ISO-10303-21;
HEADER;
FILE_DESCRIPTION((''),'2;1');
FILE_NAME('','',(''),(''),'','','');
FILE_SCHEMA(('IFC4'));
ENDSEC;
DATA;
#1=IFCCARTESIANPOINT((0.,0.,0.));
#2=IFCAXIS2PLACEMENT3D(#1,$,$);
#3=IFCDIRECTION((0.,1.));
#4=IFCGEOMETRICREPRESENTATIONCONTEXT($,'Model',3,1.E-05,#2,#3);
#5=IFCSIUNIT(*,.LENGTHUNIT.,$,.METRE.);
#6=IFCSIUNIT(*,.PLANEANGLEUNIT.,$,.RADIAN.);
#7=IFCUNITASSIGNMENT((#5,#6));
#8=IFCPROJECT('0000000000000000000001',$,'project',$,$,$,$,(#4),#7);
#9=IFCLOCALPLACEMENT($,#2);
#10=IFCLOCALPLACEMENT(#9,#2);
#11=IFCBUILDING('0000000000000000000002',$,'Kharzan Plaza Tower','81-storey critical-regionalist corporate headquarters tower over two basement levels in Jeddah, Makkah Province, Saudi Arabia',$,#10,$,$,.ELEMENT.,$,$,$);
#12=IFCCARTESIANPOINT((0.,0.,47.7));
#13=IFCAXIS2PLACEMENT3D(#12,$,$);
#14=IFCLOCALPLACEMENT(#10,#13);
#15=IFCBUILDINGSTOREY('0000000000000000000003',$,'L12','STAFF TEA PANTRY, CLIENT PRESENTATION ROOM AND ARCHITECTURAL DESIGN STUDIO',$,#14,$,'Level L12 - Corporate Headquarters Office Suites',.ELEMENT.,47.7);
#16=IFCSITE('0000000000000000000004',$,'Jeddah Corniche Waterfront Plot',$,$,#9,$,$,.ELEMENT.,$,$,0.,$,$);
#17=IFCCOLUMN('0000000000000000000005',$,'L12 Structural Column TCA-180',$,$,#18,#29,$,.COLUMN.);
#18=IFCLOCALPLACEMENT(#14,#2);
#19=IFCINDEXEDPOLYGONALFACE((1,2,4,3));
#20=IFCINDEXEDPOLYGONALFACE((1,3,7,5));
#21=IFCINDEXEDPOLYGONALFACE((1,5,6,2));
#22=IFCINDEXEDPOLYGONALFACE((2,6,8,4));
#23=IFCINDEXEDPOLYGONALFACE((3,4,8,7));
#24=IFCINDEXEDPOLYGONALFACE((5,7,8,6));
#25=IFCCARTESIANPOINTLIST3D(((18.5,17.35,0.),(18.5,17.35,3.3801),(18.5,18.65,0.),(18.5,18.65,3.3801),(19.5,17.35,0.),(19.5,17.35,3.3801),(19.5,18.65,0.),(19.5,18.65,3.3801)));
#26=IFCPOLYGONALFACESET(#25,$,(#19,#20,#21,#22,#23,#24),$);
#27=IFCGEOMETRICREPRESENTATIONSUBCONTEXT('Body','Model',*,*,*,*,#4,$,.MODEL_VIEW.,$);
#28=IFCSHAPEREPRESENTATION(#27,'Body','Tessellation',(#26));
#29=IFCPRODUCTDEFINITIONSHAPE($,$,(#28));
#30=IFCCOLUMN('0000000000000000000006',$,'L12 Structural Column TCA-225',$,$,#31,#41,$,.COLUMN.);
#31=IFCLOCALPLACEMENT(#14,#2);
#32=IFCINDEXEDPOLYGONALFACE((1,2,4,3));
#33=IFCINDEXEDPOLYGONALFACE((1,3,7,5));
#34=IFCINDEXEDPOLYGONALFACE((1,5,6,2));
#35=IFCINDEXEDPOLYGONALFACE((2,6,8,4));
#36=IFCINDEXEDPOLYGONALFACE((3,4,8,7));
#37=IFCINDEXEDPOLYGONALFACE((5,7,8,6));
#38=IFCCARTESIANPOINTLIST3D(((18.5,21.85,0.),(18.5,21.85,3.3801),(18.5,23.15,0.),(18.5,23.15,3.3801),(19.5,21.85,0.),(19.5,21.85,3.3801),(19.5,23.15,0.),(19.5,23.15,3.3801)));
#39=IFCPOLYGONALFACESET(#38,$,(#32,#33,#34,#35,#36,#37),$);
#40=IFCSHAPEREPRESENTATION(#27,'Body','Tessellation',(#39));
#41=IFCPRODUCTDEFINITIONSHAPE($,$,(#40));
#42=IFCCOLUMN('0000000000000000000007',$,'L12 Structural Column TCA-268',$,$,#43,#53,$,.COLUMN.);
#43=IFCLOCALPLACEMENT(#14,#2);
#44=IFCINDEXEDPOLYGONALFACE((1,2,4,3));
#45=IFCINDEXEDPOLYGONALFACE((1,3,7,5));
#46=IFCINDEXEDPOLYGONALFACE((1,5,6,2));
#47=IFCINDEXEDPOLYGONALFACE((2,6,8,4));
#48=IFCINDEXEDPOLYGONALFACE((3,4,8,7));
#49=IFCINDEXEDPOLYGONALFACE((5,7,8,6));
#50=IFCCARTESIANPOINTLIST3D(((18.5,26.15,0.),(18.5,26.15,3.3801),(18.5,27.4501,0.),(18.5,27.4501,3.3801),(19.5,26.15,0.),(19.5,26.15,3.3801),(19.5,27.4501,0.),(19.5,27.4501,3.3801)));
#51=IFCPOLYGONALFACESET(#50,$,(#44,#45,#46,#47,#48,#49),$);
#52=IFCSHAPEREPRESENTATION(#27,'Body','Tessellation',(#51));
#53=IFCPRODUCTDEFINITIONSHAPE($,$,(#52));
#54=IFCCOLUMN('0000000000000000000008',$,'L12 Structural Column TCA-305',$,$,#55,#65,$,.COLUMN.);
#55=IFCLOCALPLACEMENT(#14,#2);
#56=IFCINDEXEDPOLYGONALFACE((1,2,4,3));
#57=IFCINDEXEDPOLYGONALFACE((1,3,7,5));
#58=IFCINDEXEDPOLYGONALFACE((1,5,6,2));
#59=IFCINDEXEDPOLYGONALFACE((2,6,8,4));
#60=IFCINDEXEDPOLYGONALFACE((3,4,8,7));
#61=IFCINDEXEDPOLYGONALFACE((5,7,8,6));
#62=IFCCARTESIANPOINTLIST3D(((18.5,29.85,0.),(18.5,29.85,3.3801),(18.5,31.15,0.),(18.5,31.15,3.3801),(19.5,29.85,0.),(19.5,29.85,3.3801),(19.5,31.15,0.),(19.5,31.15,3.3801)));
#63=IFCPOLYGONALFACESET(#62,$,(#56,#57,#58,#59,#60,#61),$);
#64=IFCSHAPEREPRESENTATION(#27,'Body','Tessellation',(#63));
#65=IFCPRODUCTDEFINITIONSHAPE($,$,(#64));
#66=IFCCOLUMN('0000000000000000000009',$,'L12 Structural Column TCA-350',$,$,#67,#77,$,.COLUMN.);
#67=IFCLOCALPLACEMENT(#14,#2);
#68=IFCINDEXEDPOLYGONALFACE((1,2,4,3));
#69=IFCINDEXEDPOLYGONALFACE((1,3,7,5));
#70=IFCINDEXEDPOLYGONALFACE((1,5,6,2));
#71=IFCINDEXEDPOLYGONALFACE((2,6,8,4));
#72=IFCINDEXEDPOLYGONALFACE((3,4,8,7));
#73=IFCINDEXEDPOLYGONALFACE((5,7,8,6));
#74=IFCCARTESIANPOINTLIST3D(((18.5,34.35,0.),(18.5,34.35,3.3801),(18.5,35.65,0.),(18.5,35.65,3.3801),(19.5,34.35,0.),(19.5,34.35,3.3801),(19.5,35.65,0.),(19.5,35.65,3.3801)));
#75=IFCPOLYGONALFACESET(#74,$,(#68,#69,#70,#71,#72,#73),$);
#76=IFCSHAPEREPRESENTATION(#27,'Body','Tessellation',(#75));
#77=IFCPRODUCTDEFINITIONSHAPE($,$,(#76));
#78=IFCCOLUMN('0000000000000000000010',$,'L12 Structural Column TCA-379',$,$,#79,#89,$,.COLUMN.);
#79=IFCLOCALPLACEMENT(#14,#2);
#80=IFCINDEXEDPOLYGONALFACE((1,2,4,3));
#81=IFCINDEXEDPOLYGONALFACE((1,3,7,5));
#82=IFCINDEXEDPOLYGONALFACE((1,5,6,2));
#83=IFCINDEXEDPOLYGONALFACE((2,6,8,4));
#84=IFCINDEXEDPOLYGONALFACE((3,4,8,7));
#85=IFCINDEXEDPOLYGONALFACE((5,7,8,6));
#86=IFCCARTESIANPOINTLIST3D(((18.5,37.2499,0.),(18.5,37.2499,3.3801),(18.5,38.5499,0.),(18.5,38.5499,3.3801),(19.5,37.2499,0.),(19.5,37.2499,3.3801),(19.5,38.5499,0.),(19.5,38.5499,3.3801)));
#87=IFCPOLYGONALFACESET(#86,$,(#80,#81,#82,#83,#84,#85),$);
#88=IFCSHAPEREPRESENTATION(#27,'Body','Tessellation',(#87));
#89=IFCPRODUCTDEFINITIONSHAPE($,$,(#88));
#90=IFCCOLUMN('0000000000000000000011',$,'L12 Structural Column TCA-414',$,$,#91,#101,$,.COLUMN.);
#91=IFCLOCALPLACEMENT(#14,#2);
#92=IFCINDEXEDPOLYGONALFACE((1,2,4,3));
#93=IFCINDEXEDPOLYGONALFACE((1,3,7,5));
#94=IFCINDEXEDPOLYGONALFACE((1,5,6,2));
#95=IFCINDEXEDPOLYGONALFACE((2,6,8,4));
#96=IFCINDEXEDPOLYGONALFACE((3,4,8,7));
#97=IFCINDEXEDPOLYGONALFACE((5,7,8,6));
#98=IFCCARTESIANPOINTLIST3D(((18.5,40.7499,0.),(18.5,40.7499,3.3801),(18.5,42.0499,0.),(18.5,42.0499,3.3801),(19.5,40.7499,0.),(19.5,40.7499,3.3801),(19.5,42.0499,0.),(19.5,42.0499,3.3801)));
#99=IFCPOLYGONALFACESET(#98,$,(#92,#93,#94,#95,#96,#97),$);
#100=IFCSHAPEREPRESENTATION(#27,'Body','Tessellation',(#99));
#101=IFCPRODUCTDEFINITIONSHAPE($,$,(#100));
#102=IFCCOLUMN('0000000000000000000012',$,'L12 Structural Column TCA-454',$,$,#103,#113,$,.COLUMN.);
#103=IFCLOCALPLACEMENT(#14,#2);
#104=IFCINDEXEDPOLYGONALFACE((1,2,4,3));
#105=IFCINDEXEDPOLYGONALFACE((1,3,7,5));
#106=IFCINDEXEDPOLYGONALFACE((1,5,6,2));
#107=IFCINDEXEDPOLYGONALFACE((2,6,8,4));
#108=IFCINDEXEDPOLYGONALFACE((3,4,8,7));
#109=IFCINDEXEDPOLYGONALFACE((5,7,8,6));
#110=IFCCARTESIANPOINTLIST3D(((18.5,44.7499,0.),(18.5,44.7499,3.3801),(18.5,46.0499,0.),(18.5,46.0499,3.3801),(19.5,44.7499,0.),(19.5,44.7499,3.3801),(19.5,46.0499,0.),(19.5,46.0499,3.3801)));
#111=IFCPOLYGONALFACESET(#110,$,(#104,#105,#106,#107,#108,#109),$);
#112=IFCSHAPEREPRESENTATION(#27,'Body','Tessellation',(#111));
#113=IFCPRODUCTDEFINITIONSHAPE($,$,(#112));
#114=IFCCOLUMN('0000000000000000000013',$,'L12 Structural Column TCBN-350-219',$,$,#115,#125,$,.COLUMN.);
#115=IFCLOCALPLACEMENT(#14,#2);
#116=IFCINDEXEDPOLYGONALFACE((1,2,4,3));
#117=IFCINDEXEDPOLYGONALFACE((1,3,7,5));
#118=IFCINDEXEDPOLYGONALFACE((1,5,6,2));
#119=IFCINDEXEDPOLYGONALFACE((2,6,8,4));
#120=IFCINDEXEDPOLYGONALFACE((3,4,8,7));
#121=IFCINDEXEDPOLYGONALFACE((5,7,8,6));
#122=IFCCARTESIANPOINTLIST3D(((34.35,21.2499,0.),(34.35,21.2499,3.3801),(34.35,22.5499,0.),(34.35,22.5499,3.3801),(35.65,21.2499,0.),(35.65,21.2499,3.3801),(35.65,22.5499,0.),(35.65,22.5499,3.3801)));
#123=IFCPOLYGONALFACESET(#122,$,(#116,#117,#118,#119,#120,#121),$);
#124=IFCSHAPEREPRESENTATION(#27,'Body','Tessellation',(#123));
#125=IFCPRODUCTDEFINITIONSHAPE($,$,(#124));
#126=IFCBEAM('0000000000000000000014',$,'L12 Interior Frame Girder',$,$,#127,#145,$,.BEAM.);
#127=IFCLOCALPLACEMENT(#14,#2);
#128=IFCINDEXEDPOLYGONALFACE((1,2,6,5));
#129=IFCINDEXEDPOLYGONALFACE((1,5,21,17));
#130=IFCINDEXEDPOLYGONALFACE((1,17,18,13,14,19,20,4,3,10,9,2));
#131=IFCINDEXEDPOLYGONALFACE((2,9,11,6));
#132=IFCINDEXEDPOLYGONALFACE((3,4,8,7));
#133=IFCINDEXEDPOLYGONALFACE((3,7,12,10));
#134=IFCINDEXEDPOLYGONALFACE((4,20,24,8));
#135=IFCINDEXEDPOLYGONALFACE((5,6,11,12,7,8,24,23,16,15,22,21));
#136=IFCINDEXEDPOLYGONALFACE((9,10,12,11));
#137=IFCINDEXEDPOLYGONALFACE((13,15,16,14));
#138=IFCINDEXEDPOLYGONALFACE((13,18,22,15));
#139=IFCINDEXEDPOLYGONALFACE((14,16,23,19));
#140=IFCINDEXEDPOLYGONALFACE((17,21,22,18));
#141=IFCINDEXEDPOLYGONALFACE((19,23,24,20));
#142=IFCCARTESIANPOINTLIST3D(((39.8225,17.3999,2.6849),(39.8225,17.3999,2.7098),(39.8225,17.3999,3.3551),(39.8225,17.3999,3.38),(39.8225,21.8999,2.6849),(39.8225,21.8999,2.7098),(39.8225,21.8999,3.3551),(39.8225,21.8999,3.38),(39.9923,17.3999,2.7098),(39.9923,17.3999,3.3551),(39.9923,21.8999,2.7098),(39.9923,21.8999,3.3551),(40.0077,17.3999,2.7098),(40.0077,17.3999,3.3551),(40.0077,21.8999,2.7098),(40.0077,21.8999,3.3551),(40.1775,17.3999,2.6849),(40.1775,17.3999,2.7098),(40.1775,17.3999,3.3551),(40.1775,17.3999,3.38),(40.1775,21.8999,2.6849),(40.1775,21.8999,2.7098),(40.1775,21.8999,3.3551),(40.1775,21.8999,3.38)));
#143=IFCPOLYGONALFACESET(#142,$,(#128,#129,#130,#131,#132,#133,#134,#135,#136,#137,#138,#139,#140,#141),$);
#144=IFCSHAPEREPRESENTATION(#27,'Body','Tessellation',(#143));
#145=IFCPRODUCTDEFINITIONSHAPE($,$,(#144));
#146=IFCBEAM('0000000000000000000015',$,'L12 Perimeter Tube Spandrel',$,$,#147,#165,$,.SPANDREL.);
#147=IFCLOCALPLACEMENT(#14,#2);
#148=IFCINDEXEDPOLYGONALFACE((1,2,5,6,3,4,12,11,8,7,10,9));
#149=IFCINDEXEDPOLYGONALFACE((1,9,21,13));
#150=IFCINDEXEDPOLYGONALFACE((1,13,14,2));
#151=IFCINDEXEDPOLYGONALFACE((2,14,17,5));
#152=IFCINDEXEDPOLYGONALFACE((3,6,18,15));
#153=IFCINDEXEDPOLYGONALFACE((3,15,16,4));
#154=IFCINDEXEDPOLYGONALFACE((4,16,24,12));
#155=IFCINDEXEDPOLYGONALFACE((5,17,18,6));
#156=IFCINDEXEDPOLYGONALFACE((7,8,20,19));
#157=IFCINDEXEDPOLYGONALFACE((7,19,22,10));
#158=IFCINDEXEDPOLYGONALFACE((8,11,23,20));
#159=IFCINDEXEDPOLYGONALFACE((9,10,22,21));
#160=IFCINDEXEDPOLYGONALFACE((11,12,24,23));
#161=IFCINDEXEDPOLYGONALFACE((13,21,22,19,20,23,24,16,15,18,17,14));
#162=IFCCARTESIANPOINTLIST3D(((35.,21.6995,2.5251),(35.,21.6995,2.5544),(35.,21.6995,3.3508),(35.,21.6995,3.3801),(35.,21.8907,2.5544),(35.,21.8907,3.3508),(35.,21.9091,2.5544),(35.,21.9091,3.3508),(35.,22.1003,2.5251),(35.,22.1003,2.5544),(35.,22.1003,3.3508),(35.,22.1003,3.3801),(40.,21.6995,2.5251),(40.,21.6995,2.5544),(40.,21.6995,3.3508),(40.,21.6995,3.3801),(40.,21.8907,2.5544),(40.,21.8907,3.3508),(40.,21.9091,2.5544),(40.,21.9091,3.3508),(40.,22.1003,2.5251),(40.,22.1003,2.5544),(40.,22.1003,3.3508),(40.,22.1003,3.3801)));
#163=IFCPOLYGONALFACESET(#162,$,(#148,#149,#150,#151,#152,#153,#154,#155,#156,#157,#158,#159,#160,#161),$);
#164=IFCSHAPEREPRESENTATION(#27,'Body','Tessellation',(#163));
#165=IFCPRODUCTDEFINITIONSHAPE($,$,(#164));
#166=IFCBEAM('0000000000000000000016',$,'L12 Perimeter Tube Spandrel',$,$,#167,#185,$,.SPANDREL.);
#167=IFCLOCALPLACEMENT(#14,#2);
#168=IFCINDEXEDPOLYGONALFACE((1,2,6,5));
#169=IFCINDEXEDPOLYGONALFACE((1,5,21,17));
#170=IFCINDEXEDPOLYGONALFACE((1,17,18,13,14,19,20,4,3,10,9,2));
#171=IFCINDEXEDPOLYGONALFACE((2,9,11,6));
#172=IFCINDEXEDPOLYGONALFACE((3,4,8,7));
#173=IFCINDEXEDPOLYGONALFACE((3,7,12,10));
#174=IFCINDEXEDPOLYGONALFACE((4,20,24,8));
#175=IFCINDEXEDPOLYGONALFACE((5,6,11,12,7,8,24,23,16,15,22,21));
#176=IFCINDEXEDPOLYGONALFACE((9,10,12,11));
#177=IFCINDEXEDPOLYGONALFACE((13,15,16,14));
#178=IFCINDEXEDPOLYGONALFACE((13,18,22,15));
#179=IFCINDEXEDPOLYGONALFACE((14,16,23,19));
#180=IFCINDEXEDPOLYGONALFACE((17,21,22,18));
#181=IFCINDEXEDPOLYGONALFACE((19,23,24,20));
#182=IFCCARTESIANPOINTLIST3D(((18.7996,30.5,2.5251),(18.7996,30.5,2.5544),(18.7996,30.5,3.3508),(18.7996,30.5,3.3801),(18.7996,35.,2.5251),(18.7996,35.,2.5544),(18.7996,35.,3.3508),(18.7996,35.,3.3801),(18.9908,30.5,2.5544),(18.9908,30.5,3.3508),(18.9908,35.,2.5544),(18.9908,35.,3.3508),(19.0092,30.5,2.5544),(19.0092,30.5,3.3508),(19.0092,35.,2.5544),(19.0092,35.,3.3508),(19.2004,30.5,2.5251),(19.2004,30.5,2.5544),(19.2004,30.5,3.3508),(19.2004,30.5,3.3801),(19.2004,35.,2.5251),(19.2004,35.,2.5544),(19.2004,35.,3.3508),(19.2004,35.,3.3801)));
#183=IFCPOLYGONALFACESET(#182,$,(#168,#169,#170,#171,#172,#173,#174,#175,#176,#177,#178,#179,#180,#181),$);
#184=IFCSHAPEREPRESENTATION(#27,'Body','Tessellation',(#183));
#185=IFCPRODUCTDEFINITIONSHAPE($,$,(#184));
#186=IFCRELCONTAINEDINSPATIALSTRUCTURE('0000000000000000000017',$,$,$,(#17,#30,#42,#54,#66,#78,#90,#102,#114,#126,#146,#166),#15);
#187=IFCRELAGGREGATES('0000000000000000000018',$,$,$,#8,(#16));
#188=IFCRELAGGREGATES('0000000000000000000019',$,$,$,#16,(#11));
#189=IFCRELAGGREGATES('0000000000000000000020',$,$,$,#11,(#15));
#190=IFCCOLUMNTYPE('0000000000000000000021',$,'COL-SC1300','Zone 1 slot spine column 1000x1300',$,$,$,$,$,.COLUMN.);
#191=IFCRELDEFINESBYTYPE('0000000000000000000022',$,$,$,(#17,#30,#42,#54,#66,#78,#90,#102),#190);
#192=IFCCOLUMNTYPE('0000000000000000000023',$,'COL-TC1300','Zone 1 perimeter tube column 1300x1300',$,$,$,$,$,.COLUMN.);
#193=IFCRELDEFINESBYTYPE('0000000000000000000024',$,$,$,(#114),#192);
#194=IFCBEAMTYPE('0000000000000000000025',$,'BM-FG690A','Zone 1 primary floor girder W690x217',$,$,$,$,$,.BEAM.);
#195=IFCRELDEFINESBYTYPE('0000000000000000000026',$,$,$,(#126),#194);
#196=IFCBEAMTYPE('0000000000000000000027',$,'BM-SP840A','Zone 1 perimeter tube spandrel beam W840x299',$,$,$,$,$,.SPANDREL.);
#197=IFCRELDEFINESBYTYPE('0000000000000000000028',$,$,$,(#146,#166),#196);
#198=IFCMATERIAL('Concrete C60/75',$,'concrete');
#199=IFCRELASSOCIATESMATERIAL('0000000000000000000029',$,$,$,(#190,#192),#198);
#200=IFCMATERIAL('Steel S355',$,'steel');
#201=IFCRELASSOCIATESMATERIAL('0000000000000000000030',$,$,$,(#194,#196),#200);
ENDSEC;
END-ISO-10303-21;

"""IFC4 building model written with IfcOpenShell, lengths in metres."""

from ifc_helpers import new_model, si_unit, direction, frame, origin, origin_2d, place, context, subcontext, project, spatial, rectangle, i_section, extrude, source, transform, mapped, material, material_profile, profile_set, type_object, element, save


model = new_model("IFC4")

# Units and contexts
model_context = context("Model", 3, precision=1e-05, world=origin(), true_north=direction((0.0, 1.0)))
body_context = subcontext(model_context, "Body", "Model", "MODEL_VIEW")
ifc_project = project(units=[si_unit("LENGTHUNIT", "METRE"), si_unit("PLANEANGLEUNIT", "RADIAN")], contexts=[model_context])

# Site, building, storey
site_placement = place(None, origin())
site = spatial("IfcSite", under=ifc_project, at=site_placement, Name="Jeddah Corniche Waterfront Plot", CompositionType="ELEMENT", RefElevation=0.0)
building_placement = place(site_placement, origin())
building = spatial("IfcBuilding", under=site, at=building_placement, Name="Kharzan Plaza Tower", Description="81-storey critical-regionalist corporate headquarters tower over two basement levels in Jeddah, Makkah Province, Saudi Arabia", CompositionType="ELEMENT")
storey_placement = place(building_placement, frame((0.0, 0.0, 47.7)))
storey = spatial("IfcBuildingStorey", under=building, at=storey_placement, Name="L12", Description="STAFF TEA PANTRY, CLIENT PRESENTATION ROOM AND ARCHITECTURAL DESIGN STUDIO", LongName="Level L12 - Corporate Headquarters Office Suites", CompositionType="ELEMENT", Elevation=47.7)

# Columns
ifc_material_1 = material(Name="Concrete C60/75", Category="concrete")
ifc_material_profile_1 = material_profile(ifc_material_1, rectangle(XDim=1.0, YDim=1.3, at=origin_2d()), Name="RC-SC1300x1000")
ifc_profile_set_1 = profile_set([ifc_material_profile_1], Name="Concrete C60/75")
column_type_1 = type_object("IfcColumnType", Name="COL-SC1300", Description="Zone 1 slot spine column 1000x1300", PredefinedType="COLUMN", material=ifc_profile_set_1)
shared_shape_1 = source(origin(), body_context, "Body", "SweptSolid", [
    extrude(rectangle(XDim=1.0, YDim=1.3, at=origin_2d()), origin(), (0.0, 0.0, 1.0), 3.3801),
])
for number, where, z_axis, x_axis, name in (
    (1, (19.0, 18.0, 0.0), (0.0, 0.0, 1.0), (1.0, 0.0, 0.0), "L12 Structural Column TCA-180"),
    (2, (19.0, 22.5, 0.0), (0.0, 0.0, 1.0), (1.0, 0.0, 0.0), "L12 Structural Column TCA-225"),
    (3, (19.0, 26.8, 0.0), (0.0, 0.0, 1.0), (1.0, 0.0, 0.0), "L12 Structural Column TCA-268"),
    (4, (19.0, 30.5, 0.0), (0.0, 0.0, 1.0), (1.0, 0.0, 0.0), "L12 Structural Column TCA-305"),
    (5, (19.0, 35.0, 0.0), (0.0, 0.0, 1.0), (1.0, 0.0, 0.0), "L12 Structural Column TCA-350"),
    (6, (19.0, 37.8999, 0.0), (0.0, 0.0, 1.0), (1.0, 0.0, 0.0), "L12 Structural Column TCA-379"),
    (7, (19.0, 41.3999, 0.0), (0.0, 0.0, 1.0), (1.0, 0.0, 0.0), "L12 Structural Column TCA-414"),
    (8, (19.0, 45.3999, 0.0), (0.0, 0.0, 1.0), (1.0, 0.0, 0.0), "L12 Structural Column TCA-454"),
):
    element("IfcColumn", number, at=place(storey_placement, frame(where, z_axis=z_axis, x_axis=x_axis)), inside=storey, type_object=column_type_1, Name=name, PredefinedType="COLUMN", context=body_context, shape_type="MappedRepresentation", body=[
        mapped(shared_shape_1, transform((0.0, 0.0, 0.0), x_axis=(1.0, 0.0, 0.0), y_axis=(0.0, 1.0, 0.0), z_axis=(0.0, 0.0, 1.0))),
    ])
ifc_material_profile_2 = material_profile(ifc_material_1, rectangle(XDim=1.3, YDim=1.3, at=origin_2d()), Name="RC-TC1300x1300")
ifc_profile_set_2 = profile_set([ifc_material_profile_2], Name="Concrete C60/75")
column_type_2 = type_object("IfcColumnType", Name="COL-TC1300", Description="Zone 1 perimeter tube column 1300x1300", PredefinedType="COLUMN", material=ifc_profile_set_2)
shared_shape_2 = source(origin(), body_context, "Body", "SweptSolid", [
    extrude(rectangle(XDim=1.3, YDim=1.3, at=origin_2d()), origin(), (0.0, 0.0, 1.0), 3.3801),
])
column_placement = place(storey_placement, frame((35.0, 21.8999, 0.0), z_axis=(0.0, 0.0, 1.0), x_axis=(1.0, 0.0, 0.0)))
element("IfcColumn", 9, at=column_placement, inside=storey, type_object=column_type_2, Name="L12 Structural Column TCBN-350-219", PredefinedType="COLUMN", context=body_context, shape_type="MappedRepresentation", body=[
    mapped(shared_shape_2, transform((0.0, 0.0, 0.0), x_axis=(1.0, 0.0, 0.0), y_axis=(0.0, 1.0, 0.0), z_axis=(0.0, 0.0, 1.0))),
])

# Beams
ifc_material_2 = material(Name="Steel S355", Category="steel")
ifc_material_profile_3 = material_profile(ifc_material_2, i_section(OverallWidth=0.355, OverallDepth=0.6951, WebThickness=0.0154, FlangeThickness=0.0249, at=origin_2d()), Name="W690x217")
ifc_profile_set_3 = profile_set([ifc_material_profile_3], Name="Steel S355")
beam_type_1 = type_object("IfcBeamType", Name="BM-FG690A", Description="Zone 1 primary floor girder W690x217", PredefinedType="BEAM", material=ifc_profile_set_3)
shared_shape_3 = source(origin(), body_context, "Body", "SweptSolid", [
    extrude(i_section(OverallWidth=0.355, OverallDepth=0.6951, WebThickness=0.0154, FlangeThickness=0.0249, at=origin_2d()), origin(), (0.0, 0.0, 1.0), 4.5),
])
beam_1_placement = place(storey_placement, frame((40.0, 17.3999, 3.0325), z_axis=(0.0, 1.0, 0.0), x_axis=(-1.0, 0.0, 0.0)))
element("IfcBeam", 10, at=beam_1_placement, inside=storey, type_object=beam_type_1, Name="L12 Interior Frame Girder", PredefinedType="BEAM", context=body_context, shape_type="MappedRepresentation", body=[
    mapped(shared_shape_3, transform((0.0, 0.0, 0.0), x_axis=(1.0, 0.0, 0.0), y_axis=(0.0, 1.0, 0.0), z_axis=(0.0, 0.0, 1.0))),
])
ifc_material_profile_4 = material_profile(ifc_material_2, i_section(OverallWidth=0.4009, OverallDepth=0.855, WebThickness=0.0183, FlangeThickness=0.0293, at=origin_2d()), Name="W840x299")
ifc_profile_set_4 = profile_set([ifc_material_profile_4], Name="Steel S355")
beam_type_2 = type_object("IfcBeamType", Name="BM-SP840A", Description="Zone 1 perimeter tube spandrel beam W840x299", PredefinedType="SPANDREL", material=ifc_profile_set_4)
shared_shape_4 = source(origin(), body_context, "Body", "SweptSolid", [
    extrude(i_section(OverallWidth=0.4009, OverallDepth=0.855, WebThickness=0.0183, FlangeThickness=0.0293, at=origin_2d()), origin(), (0.0, 0.0, 1.0), 5.0),
])
beam_2_placement = place(storey_placement, frame((35.0, 21.8999, 2.9526), z_axis=(1.0, 0.0, 0.0), x_axis=(0.0, 1.0, 0.0)))
element("IfcBeam", 11, at=beam_2_placement, inside=storey, type_object=beam_type_2, Name="L12 Perimeter Tube Spandrel", PredefinedType="SPANDREL", context=body_context, shape_type="MappedRepresentation", body=[
    mapped(shared_shape_4, transform((0.0, 0.0, 0.0), x_axis=(1.0, 0.0, 0.0), y_axis=(0.0, 1.0, 0.0), z_axis=(0.0, 0.0, 1.0))),
])
shared_shape_5 = source(origin(), body_context, "Body", "SweptSolid", [
    extrude(i_section(OverallWidth=0.4009, OverallDepth=0.855, WebThickness=0.0183, FlangeThickness=0.0293, at=origin_2d()), origin(), (0.0, 0.0, 1.0), 4.5),
])
beam_3_placement = place(storey_placement, frame((19.0, 30.5, 2.9526), z_axis=(0.0, 1.0, 0.0), x_axis=(-1.0, 0.0, 0.0)))
element("IfcBeam", 12, at=beam_3_placement, inside=storey, type_object=beam_type_2, Name="L12 Perimeter Tube Spandrel", PredefinedType="SPANDREL", context=body_context, shape_type="MappedRepresentation", body=[
    mapped(shared_shape_5, transform((0.0, 0.0, 0.0), x_axis=(1.0, 0.0, 0.0), y_axis=(0.0, 1.0, 0.0), z_axis=(0.0, 0.0, 1.0))),
])

save(model, "model.ifc")
